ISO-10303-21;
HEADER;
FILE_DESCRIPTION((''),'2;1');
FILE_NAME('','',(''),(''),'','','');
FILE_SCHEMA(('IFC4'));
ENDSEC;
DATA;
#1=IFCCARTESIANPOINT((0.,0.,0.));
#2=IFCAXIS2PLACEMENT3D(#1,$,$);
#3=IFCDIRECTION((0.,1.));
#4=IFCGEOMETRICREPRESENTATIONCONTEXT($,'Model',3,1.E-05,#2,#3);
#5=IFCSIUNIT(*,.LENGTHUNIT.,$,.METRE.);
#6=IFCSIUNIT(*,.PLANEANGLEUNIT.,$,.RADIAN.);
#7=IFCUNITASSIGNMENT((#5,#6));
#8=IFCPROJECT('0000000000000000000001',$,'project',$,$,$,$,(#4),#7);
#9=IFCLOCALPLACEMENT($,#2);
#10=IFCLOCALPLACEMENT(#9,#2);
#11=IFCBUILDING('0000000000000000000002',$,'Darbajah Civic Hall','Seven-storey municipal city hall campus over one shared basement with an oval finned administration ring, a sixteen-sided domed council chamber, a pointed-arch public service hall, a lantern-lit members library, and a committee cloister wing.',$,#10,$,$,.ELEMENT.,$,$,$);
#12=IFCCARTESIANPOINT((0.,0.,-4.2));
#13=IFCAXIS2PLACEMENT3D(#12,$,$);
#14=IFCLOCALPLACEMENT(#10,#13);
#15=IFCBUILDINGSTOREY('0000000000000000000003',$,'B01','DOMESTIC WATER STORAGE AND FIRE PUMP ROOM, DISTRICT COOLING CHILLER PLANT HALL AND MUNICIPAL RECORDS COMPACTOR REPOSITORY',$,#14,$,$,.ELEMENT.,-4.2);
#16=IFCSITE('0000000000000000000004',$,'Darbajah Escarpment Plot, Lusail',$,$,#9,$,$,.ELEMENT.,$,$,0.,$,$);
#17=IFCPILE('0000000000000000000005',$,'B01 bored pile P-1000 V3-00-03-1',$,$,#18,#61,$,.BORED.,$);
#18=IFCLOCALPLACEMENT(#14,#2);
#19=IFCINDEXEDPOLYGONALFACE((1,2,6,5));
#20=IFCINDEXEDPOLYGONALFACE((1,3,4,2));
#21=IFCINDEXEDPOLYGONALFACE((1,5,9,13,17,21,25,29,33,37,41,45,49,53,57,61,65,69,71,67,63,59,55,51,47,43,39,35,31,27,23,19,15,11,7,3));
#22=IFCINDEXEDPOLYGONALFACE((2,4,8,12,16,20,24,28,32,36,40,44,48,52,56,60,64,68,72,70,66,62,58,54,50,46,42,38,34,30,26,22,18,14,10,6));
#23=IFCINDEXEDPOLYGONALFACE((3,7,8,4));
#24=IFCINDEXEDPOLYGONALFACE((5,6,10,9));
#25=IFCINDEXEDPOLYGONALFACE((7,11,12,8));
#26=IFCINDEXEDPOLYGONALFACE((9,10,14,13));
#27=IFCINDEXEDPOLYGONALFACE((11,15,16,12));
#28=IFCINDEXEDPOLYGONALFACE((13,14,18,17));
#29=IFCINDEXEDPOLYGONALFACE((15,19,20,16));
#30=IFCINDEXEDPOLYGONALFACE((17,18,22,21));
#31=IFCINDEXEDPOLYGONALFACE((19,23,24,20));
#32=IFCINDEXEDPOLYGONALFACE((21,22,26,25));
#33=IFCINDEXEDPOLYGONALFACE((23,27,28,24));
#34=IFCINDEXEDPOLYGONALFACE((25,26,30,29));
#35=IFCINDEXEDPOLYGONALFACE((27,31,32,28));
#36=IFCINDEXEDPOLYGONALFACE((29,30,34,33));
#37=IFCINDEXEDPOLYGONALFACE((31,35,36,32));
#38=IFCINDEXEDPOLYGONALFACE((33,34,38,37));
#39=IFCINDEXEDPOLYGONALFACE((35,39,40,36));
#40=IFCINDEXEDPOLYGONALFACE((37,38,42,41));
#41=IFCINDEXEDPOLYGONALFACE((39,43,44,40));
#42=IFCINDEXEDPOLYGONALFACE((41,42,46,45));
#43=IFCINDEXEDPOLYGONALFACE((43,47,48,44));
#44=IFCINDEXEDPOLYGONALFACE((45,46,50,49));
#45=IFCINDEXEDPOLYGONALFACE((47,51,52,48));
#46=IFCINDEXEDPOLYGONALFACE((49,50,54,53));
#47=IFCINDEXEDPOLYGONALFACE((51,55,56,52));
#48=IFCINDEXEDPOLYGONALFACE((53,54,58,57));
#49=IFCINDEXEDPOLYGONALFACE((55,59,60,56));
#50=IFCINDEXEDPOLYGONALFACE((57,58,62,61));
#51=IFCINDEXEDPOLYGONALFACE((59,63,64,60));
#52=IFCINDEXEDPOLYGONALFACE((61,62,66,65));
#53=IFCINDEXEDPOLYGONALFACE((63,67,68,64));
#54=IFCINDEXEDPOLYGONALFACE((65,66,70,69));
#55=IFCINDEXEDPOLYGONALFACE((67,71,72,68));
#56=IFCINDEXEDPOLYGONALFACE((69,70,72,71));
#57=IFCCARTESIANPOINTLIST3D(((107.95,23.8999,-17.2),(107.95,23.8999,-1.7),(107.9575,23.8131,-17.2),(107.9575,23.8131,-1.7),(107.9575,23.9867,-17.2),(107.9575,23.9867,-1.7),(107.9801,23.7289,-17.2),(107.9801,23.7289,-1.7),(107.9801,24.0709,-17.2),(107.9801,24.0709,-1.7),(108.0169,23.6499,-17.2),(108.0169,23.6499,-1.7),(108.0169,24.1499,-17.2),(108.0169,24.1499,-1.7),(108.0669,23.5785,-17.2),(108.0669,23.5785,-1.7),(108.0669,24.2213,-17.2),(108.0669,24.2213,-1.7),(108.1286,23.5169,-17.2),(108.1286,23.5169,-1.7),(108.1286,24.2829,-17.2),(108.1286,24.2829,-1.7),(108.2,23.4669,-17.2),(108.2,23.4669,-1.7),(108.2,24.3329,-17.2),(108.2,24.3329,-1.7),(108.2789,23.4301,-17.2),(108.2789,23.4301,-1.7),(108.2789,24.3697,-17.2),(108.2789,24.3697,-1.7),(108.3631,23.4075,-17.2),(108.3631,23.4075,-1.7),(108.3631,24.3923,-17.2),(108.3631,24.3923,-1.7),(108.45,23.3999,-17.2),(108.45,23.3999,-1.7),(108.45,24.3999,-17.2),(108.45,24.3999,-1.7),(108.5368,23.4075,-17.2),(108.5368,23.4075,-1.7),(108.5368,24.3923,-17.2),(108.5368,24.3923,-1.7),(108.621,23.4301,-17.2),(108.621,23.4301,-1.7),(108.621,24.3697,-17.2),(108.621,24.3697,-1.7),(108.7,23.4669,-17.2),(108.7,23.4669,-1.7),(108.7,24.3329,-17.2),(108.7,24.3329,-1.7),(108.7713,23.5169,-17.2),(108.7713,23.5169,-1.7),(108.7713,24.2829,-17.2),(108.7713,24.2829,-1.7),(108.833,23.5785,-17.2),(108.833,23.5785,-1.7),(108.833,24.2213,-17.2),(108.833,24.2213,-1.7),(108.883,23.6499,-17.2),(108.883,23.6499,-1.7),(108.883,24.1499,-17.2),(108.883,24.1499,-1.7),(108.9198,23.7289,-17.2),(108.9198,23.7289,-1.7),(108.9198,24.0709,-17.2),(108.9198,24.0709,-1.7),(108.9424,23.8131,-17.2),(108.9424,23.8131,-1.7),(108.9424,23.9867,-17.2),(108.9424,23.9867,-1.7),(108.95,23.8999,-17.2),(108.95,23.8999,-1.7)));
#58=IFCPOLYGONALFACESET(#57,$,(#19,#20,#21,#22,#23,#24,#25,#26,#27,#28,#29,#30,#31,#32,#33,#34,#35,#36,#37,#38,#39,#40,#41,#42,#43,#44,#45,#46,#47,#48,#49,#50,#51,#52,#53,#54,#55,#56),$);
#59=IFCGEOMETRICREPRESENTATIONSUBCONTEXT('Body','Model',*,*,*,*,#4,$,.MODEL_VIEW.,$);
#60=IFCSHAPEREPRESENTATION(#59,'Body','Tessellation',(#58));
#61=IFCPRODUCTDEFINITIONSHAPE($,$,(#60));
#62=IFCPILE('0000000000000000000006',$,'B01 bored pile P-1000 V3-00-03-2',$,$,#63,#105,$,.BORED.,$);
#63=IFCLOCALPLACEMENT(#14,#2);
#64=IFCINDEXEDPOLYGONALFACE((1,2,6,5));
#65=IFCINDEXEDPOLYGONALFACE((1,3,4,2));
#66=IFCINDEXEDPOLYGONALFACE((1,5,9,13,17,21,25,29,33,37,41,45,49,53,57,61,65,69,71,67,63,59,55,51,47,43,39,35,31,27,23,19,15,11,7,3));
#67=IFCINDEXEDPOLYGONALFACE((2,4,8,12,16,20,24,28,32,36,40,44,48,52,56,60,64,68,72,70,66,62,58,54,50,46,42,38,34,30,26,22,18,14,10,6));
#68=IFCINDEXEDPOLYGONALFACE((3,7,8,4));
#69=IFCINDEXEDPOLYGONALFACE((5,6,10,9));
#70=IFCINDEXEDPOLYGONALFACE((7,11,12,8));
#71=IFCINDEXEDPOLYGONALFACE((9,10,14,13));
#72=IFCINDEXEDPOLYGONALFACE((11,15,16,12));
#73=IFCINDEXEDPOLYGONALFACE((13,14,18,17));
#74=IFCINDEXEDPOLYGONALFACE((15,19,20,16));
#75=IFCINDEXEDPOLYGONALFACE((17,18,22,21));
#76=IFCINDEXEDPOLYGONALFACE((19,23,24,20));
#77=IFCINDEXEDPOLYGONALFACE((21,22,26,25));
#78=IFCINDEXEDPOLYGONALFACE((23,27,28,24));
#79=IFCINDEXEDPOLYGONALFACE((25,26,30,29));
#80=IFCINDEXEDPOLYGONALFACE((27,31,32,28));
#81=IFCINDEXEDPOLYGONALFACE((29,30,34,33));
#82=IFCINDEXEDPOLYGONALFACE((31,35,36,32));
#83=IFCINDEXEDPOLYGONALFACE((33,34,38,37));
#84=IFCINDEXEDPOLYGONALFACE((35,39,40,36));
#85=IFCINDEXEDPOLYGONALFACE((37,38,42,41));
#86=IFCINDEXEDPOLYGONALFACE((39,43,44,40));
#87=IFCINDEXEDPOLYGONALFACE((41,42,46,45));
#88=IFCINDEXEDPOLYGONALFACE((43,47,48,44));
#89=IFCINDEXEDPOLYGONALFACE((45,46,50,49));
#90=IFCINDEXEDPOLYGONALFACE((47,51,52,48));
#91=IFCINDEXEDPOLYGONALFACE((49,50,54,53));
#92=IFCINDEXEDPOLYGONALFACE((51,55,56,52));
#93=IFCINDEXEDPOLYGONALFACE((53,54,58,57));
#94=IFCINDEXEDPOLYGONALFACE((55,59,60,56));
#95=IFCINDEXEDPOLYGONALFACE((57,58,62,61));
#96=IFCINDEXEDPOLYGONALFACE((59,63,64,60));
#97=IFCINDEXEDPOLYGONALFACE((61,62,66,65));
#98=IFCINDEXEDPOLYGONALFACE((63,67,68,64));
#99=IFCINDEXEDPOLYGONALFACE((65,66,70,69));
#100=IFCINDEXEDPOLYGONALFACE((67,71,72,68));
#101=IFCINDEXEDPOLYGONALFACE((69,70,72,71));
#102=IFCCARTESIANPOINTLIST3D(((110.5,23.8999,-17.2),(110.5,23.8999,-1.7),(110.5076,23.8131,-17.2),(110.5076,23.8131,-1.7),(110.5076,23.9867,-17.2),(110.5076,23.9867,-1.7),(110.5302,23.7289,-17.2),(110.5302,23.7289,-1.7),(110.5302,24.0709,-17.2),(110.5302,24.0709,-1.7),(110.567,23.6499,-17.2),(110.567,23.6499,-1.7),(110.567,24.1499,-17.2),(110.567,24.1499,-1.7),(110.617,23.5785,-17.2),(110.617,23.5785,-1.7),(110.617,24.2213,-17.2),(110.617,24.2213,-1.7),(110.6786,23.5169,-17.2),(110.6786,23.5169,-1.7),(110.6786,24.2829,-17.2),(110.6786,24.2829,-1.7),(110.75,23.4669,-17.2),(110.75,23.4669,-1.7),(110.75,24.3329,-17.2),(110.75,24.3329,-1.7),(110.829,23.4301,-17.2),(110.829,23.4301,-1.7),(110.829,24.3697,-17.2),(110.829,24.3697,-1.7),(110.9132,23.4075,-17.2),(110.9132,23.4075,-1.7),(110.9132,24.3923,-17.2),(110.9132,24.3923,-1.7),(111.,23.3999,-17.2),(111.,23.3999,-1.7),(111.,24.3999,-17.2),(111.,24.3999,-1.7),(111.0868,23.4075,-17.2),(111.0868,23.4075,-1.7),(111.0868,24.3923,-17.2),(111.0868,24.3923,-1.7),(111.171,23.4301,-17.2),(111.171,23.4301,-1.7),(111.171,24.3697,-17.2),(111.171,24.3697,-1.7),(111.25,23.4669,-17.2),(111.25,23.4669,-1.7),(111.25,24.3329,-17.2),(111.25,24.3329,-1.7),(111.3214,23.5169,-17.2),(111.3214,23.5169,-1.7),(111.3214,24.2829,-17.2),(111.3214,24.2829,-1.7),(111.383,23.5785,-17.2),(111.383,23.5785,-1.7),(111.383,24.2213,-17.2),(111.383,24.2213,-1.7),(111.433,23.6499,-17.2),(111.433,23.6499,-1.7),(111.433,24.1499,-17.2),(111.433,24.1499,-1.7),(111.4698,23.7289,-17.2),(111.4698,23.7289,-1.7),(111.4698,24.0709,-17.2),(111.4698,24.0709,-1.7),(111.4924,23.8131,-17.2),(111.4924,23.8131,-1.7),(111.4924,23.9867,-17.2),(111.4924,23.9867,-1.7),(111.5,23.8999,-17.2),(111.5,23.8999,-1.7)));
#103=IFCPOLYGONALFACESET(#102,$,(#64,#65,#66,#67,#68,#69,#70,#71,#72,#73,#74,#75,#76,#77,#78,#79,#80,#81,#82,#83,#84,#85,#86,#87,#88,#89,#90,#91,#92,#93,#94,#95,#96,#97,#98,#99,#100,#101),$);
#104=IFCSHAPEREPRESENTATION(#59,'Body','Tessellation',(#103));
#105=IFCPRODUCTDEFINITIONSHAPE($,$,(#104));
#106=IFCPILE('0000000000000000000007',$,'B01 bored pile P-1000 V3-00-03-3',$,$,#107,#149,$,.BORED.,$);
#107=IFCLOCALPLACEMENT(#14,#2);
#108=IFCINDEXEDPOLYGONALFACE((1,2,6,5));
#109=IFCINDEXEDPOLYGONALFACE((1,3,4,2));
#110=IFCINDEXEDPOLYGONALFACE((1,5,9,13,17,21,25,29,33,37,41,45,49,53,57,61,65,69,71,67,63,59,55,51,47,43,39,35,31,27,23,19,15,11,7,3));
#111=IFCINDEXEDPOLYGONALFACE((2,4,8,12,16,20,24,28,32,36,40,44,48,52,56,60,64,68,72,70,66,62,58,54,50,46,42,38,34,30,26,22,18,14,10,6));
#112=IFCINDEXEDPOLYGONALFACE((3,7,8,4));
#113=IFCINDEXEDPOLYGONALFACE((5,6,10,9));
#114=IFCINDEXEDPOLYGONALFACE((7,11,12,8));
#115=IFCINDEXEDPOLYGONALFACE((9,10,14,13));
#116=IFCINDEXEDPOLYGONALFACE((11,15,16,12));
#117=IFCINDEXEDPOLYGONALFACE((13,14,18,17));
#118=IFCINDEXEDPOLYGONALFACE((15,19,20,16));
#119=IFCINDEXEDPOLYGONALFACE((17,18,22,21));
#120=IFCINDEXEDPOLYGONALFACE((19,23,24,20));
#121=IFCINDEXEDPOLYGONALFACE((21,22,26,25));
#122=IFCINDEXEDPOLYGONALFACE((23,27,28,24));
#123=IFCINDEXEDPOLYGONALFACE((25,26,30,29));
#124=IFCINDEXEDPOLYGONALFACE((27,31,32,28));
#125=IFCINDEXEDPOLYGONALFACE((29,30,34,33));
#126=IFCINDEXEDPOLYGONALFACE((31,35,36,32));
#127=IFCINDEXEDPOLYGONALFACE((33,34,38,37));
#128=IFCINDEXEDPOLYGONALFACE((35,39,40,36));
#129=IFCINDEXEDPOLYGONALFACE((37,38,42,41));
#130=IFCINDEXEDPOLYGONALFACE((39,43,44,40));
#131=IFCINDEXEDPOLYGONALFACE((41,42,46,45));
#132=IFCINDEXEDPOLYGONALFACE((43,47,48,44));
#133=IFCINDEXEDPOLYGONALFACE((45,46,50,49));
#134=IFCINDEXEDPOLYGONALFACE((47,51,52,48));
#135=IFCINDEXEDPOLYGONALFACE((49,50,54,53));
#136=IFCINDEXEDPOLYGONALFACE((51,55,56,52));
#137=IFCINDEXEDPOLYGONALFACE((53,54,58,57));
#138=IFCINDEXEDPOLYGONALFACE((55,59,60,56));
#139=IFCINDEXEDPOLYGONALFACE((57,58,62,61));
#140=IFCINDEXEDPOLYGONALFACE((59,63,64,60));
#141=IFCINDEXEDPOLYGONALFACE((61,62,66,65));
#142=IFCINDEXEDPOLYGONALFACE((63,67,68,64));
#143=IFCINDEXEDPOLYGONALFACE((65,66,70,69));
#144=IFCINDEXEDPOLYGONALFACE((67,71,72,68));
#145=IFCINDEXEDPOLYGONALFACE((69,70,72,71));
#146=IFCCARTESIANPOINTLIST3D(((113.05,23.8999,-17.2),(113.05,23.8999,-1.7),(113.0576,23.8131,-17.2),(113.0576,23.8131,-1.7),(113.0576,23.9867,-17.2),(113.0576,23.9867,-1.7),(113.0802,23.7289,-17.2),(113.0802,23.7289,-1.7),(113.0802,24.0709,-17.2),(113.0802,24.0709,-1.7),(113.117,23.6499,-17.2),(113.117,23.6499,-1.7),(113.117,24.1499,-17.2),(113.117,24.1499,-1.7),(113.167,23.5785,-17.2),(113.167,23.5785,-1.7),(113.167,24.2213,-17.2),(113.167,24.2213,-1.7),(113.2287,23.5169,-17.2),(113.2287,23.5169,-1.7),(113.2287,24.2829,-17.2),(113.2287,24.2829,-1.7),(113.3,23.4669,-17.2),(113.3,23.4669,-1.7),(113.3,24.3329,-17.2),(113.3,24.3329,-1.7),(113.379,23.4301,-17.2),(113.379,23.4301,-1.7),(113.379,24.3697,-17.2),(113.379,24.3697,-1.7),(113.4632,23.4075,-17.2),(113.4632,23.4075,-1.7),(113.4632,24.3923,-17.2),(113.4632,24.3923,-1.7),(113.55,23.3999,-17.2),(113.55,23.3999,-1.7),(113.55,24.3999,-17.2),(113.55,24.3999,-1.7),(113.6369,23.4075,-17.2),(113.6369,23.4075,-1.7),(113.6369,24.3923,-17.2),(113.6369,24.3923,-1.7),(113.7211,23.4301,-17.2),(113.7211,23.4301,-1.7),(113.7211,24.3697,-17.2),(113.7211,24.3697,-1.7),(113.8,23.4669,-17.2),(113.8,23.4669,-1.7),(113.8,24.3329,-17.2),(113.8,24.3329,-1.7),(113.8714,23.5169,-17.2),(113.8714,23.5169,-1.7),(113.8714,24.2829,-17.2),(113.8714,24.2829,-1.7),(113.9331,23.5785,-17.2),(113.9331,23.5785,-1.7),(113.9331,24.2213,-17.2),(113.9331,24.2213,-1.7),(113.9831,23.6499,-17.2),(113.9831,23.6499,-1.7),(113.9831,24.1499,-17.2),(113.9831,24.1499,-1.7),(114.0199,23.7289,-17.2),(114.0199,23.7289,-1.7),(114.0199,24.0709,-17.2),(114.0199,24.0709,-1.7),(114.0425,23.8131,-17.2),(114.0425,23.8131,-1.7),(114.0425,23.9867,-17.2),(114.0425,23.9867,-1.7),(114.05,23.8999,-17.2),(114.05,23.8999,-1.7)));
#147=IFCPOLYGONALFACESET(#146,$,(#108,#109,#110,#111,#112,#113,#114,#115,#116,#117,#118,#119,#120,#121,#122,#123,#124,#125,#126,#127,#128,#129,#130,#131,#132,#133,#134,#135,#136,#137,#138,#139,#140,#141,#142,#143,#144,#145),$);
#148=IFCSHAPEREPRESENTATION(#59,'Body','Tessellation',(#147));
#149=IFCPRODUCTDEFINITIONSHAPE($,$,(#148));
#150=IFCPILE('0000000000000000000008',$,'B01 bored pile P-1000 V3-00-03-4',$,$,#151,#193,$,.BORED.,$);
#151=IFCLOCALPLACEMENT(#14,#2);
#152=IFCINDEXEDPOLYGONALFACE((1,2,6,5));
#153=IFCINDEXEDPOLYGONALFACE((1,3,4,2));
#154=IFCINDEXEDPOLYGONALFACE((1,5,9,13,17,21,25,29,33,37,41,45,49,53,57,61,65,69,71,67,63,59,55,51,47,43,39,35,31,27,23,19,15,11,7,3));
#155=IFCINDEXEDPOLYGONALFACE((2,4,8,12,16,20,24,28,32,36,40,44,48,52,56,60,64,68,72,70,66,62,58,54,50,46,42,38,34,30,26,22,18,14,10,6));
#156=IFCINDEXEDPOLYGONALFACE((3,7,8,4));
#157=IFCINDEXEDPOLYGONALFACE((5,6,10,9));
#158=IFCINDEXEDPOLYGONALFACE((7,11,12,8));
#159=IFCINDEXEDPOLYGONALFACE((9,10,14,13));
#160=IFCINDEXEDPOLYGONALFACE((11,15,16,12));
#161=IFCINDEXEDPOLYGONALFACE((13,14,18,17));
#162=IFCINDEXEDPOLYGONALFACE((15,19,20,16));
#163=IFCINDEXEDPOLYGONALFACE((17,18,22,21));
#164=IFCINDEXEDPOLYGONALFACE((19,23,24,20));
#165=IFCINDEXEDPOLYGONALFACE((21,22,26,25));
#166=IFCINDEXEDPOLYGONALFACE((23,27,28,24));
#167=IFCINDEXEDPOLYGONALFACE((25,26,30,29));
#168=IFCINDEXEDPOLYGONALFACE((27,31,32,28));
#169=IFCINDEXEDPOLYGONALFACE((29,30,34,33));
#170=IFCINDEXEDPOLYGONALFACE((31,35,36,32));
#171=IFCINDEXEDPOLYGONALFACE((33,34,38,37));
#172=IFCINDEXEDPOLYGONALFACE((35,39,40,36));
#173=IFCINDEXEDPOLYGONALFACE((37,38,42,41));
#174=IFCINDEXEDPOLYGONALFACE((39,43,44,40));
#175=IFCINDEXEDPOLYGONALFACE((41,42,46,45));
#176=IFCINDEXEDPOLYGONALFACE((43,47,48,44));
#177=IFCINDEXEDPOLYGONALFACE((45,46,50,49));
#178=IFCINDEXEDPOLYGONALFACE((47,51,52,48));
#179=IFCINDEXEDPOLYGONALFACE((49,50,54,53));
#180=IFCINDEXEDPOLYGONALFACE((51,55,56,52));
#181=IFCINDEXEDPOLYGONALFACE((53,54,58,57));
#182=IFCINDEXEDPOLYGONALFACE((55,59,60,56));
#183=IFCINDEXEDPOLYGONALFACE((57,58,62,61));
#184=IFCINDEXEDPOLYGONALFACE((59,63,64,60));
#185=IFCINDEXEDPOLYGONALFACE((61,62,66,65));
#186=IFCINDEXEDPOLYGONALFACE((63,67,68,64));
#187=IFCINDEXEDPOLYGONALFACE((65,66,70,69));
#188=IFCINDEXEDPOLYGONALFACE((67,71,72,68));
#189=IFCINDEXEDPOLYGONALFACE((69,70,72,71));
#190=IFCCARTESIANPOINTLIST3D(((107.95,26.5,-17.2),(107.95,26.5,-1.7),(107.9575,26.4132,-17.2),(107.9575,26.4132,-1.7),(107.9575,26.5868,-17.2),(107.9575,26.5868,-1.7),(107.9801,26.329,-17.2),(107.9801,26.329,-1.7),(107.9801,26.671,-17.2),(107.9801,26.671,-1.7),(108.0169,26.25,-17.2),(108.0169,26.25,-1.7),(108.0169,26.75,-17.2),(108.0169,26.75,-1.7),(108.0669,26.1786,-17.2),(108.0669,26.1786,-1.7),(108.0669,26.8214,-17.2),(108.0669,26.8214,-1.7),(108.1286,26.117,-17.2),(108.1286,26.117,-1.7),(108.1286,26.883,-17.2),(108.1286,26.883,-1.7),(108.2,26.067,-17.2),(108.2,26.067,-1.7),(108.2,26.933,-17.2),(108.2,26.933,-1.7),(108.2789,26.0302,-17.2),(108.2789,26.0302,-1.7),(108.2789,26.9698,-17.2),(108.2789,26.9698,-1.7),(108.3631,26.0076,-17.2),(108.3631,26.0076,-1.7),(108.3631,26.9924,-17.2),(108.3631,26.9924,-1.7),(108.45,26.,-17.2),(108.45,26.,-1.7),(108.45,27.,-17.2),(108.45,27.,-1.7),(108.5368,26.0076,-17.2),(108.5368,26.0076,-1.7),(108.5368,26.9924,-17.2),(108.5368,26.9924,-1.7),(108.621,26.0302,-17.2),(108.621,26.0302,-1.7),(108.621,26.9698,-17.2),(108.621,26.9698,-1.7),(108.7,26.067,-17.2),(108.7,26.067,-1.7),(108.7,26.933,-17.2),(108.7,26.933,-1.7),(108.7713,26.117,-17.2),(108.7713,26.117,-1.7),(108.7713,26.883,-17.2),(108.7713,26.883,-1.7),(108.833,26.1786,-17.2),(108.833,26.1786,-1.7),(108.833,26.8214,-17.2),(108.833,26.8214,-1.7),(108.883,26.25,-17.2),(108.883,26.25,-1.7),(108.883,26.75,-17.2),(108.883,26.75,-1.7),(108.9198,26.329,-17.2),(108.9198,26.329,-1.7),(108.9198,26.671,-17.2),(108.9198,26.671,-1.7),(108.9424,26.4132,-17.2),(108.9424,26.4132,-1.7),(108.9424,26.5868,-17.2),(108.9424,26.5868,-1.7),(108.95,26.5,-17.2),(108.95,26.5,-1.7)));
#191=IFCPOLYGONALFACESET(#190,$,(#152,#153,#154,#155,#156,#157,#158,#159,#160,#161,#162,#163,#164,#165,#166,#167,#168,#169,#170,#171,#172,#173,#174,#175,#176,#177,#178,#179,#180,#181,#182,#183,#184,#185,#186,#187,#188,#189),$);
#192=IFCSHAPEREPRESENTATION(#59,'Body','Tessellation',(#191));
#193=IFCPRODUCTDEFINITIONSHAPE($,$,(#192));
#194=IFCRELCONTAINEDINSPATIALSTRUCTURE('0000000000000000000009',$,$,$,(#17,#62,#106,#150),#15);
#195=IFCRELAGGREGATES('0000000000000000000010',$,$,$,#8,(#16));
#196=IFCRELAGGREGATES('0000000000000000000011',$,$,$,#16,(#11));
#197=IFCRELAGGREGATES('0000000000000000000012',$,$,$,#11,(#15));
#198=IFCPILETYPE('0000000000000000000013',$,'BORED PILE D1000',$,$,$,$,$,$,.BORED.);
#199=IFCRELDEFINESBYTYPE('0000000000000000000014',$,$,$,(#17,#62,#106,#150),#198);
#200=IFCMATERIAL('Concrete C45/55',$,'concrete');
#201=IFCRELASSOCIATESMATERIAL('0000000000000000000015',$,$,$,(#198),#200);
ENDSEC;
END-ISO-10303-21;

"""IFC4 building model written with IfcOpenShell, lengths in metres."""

from ifc_helpers import new_model, si_unit, direction, frame, origin, origin_2d, place, context, subcontext, project, spatial, circle, extrude, material, material_profile, profile_set, type_object, element, save


model = new_model("IFC4")

# Units and contexts
model_context = context("Model", 3, precision=1e-05, world=origin(), true_north=direction((0.0, 1.0)))
body_context = subcontext(model_context, "Body", "Model", "MODEL_VIEW")
ifc_project = project(units=[si_unit("LENGTHUNIT", "METRE"), si_unit("PLANEANGLEUNIT", "RADIAN")], contexts=[model_context])

# Site, building, storey
site_placement = place(None, origin())
site = spatial("IfcSite", under=ifc_project, at=site_placement, Name="Darbajah Escarpment Plot, Lusail", CompositionType="ELEMENT", RefElevation=0.0)
building_placement = place(site_placement, origin())
building = spatial("IfcBuilding", under=site, at=building_placement, Name="Darbajah Civic Hall", Description="Seven-storey municipal city hall campus over one shared basement with an oval finned administration ring, a sixteen-sided domed council chamber, a pointed-arch public service hall, a lantern-lit members library, and a committee cloister wing.", CompositionType="ELEMENT")
storey_placement = place(building_placement, frame((0.0, 0.0, -4.2)))
storey = spatial("IfcBuildingStorey", under=building, at=storey_placement, Name="B01", Description="DOMESTIC WATER STORAGE AND FIRE PUMP ROOM, DISTRICT COOLING CHILLER PLANT HALL AND MUNICIPAL RECORDS COMPACTOR REPOSITORY", CompositionType="ELEMENT", Elevation=-4.2)

# Piles
ifc_material_1 = material(Name="Concrete C45/55", Category="concrete")
ifc_material_profile_1 = material_profile(ifc_material_1, circle(Radius=0.5, at=origin_2d()), Name="BORED PILE D1000")
ifc_profile_set_1 = profile_set([ifc_material_profile_1], Name="Concrete C45/55")
pile_type_1 = type_object("IfcPileType", Name="BORED PILE D1000", PredefinedType="BORED", material=ifc_profile_set_1)
for number, where, z_axis, x_axis, name in (
    (1, (108.45, 23.8999, -1.7), (0.0, 0.0, -1.0), (1.0, 0.0, 0.0), "B01 bored pile P-1000 V3-00-03-1"),
    (2, (111.0, 23.8999, -1.7), (0.0, 0.0, -1.0), (1.0, 0.0, 0.0), "B01 bored pile P-1000 V3-00-03-2"),
    (3, (113.55, 23.8999, -1.7), (0.0, 0.0, -1.0), (1.0, 0.0, 0.0), "B01 bored pile P-1000 V3-00-03-3"),
    (4, (108.45, 26.5, -1.7), (0.0, 0.0, -1.0), (1.0, 0.0, 0.0), "B01 bored pile P-1000 V3-00-03-4"),
):
    element("IfcPile", number, at=place(storey_placement, frame(where, z_axis=z_axis, x_axis=x_axis)), inside=storey, type_object=pile_type_1, Name=name, PredefinedType="BORED", context=body_context, shape_type="SweptSolid", body=[
        extrude(circle(Radius=0.5, at=origin_2d()), origin(), (0.0, 0.0, 1.0), 15.5),
    ])

save(model, "model.ifc")
